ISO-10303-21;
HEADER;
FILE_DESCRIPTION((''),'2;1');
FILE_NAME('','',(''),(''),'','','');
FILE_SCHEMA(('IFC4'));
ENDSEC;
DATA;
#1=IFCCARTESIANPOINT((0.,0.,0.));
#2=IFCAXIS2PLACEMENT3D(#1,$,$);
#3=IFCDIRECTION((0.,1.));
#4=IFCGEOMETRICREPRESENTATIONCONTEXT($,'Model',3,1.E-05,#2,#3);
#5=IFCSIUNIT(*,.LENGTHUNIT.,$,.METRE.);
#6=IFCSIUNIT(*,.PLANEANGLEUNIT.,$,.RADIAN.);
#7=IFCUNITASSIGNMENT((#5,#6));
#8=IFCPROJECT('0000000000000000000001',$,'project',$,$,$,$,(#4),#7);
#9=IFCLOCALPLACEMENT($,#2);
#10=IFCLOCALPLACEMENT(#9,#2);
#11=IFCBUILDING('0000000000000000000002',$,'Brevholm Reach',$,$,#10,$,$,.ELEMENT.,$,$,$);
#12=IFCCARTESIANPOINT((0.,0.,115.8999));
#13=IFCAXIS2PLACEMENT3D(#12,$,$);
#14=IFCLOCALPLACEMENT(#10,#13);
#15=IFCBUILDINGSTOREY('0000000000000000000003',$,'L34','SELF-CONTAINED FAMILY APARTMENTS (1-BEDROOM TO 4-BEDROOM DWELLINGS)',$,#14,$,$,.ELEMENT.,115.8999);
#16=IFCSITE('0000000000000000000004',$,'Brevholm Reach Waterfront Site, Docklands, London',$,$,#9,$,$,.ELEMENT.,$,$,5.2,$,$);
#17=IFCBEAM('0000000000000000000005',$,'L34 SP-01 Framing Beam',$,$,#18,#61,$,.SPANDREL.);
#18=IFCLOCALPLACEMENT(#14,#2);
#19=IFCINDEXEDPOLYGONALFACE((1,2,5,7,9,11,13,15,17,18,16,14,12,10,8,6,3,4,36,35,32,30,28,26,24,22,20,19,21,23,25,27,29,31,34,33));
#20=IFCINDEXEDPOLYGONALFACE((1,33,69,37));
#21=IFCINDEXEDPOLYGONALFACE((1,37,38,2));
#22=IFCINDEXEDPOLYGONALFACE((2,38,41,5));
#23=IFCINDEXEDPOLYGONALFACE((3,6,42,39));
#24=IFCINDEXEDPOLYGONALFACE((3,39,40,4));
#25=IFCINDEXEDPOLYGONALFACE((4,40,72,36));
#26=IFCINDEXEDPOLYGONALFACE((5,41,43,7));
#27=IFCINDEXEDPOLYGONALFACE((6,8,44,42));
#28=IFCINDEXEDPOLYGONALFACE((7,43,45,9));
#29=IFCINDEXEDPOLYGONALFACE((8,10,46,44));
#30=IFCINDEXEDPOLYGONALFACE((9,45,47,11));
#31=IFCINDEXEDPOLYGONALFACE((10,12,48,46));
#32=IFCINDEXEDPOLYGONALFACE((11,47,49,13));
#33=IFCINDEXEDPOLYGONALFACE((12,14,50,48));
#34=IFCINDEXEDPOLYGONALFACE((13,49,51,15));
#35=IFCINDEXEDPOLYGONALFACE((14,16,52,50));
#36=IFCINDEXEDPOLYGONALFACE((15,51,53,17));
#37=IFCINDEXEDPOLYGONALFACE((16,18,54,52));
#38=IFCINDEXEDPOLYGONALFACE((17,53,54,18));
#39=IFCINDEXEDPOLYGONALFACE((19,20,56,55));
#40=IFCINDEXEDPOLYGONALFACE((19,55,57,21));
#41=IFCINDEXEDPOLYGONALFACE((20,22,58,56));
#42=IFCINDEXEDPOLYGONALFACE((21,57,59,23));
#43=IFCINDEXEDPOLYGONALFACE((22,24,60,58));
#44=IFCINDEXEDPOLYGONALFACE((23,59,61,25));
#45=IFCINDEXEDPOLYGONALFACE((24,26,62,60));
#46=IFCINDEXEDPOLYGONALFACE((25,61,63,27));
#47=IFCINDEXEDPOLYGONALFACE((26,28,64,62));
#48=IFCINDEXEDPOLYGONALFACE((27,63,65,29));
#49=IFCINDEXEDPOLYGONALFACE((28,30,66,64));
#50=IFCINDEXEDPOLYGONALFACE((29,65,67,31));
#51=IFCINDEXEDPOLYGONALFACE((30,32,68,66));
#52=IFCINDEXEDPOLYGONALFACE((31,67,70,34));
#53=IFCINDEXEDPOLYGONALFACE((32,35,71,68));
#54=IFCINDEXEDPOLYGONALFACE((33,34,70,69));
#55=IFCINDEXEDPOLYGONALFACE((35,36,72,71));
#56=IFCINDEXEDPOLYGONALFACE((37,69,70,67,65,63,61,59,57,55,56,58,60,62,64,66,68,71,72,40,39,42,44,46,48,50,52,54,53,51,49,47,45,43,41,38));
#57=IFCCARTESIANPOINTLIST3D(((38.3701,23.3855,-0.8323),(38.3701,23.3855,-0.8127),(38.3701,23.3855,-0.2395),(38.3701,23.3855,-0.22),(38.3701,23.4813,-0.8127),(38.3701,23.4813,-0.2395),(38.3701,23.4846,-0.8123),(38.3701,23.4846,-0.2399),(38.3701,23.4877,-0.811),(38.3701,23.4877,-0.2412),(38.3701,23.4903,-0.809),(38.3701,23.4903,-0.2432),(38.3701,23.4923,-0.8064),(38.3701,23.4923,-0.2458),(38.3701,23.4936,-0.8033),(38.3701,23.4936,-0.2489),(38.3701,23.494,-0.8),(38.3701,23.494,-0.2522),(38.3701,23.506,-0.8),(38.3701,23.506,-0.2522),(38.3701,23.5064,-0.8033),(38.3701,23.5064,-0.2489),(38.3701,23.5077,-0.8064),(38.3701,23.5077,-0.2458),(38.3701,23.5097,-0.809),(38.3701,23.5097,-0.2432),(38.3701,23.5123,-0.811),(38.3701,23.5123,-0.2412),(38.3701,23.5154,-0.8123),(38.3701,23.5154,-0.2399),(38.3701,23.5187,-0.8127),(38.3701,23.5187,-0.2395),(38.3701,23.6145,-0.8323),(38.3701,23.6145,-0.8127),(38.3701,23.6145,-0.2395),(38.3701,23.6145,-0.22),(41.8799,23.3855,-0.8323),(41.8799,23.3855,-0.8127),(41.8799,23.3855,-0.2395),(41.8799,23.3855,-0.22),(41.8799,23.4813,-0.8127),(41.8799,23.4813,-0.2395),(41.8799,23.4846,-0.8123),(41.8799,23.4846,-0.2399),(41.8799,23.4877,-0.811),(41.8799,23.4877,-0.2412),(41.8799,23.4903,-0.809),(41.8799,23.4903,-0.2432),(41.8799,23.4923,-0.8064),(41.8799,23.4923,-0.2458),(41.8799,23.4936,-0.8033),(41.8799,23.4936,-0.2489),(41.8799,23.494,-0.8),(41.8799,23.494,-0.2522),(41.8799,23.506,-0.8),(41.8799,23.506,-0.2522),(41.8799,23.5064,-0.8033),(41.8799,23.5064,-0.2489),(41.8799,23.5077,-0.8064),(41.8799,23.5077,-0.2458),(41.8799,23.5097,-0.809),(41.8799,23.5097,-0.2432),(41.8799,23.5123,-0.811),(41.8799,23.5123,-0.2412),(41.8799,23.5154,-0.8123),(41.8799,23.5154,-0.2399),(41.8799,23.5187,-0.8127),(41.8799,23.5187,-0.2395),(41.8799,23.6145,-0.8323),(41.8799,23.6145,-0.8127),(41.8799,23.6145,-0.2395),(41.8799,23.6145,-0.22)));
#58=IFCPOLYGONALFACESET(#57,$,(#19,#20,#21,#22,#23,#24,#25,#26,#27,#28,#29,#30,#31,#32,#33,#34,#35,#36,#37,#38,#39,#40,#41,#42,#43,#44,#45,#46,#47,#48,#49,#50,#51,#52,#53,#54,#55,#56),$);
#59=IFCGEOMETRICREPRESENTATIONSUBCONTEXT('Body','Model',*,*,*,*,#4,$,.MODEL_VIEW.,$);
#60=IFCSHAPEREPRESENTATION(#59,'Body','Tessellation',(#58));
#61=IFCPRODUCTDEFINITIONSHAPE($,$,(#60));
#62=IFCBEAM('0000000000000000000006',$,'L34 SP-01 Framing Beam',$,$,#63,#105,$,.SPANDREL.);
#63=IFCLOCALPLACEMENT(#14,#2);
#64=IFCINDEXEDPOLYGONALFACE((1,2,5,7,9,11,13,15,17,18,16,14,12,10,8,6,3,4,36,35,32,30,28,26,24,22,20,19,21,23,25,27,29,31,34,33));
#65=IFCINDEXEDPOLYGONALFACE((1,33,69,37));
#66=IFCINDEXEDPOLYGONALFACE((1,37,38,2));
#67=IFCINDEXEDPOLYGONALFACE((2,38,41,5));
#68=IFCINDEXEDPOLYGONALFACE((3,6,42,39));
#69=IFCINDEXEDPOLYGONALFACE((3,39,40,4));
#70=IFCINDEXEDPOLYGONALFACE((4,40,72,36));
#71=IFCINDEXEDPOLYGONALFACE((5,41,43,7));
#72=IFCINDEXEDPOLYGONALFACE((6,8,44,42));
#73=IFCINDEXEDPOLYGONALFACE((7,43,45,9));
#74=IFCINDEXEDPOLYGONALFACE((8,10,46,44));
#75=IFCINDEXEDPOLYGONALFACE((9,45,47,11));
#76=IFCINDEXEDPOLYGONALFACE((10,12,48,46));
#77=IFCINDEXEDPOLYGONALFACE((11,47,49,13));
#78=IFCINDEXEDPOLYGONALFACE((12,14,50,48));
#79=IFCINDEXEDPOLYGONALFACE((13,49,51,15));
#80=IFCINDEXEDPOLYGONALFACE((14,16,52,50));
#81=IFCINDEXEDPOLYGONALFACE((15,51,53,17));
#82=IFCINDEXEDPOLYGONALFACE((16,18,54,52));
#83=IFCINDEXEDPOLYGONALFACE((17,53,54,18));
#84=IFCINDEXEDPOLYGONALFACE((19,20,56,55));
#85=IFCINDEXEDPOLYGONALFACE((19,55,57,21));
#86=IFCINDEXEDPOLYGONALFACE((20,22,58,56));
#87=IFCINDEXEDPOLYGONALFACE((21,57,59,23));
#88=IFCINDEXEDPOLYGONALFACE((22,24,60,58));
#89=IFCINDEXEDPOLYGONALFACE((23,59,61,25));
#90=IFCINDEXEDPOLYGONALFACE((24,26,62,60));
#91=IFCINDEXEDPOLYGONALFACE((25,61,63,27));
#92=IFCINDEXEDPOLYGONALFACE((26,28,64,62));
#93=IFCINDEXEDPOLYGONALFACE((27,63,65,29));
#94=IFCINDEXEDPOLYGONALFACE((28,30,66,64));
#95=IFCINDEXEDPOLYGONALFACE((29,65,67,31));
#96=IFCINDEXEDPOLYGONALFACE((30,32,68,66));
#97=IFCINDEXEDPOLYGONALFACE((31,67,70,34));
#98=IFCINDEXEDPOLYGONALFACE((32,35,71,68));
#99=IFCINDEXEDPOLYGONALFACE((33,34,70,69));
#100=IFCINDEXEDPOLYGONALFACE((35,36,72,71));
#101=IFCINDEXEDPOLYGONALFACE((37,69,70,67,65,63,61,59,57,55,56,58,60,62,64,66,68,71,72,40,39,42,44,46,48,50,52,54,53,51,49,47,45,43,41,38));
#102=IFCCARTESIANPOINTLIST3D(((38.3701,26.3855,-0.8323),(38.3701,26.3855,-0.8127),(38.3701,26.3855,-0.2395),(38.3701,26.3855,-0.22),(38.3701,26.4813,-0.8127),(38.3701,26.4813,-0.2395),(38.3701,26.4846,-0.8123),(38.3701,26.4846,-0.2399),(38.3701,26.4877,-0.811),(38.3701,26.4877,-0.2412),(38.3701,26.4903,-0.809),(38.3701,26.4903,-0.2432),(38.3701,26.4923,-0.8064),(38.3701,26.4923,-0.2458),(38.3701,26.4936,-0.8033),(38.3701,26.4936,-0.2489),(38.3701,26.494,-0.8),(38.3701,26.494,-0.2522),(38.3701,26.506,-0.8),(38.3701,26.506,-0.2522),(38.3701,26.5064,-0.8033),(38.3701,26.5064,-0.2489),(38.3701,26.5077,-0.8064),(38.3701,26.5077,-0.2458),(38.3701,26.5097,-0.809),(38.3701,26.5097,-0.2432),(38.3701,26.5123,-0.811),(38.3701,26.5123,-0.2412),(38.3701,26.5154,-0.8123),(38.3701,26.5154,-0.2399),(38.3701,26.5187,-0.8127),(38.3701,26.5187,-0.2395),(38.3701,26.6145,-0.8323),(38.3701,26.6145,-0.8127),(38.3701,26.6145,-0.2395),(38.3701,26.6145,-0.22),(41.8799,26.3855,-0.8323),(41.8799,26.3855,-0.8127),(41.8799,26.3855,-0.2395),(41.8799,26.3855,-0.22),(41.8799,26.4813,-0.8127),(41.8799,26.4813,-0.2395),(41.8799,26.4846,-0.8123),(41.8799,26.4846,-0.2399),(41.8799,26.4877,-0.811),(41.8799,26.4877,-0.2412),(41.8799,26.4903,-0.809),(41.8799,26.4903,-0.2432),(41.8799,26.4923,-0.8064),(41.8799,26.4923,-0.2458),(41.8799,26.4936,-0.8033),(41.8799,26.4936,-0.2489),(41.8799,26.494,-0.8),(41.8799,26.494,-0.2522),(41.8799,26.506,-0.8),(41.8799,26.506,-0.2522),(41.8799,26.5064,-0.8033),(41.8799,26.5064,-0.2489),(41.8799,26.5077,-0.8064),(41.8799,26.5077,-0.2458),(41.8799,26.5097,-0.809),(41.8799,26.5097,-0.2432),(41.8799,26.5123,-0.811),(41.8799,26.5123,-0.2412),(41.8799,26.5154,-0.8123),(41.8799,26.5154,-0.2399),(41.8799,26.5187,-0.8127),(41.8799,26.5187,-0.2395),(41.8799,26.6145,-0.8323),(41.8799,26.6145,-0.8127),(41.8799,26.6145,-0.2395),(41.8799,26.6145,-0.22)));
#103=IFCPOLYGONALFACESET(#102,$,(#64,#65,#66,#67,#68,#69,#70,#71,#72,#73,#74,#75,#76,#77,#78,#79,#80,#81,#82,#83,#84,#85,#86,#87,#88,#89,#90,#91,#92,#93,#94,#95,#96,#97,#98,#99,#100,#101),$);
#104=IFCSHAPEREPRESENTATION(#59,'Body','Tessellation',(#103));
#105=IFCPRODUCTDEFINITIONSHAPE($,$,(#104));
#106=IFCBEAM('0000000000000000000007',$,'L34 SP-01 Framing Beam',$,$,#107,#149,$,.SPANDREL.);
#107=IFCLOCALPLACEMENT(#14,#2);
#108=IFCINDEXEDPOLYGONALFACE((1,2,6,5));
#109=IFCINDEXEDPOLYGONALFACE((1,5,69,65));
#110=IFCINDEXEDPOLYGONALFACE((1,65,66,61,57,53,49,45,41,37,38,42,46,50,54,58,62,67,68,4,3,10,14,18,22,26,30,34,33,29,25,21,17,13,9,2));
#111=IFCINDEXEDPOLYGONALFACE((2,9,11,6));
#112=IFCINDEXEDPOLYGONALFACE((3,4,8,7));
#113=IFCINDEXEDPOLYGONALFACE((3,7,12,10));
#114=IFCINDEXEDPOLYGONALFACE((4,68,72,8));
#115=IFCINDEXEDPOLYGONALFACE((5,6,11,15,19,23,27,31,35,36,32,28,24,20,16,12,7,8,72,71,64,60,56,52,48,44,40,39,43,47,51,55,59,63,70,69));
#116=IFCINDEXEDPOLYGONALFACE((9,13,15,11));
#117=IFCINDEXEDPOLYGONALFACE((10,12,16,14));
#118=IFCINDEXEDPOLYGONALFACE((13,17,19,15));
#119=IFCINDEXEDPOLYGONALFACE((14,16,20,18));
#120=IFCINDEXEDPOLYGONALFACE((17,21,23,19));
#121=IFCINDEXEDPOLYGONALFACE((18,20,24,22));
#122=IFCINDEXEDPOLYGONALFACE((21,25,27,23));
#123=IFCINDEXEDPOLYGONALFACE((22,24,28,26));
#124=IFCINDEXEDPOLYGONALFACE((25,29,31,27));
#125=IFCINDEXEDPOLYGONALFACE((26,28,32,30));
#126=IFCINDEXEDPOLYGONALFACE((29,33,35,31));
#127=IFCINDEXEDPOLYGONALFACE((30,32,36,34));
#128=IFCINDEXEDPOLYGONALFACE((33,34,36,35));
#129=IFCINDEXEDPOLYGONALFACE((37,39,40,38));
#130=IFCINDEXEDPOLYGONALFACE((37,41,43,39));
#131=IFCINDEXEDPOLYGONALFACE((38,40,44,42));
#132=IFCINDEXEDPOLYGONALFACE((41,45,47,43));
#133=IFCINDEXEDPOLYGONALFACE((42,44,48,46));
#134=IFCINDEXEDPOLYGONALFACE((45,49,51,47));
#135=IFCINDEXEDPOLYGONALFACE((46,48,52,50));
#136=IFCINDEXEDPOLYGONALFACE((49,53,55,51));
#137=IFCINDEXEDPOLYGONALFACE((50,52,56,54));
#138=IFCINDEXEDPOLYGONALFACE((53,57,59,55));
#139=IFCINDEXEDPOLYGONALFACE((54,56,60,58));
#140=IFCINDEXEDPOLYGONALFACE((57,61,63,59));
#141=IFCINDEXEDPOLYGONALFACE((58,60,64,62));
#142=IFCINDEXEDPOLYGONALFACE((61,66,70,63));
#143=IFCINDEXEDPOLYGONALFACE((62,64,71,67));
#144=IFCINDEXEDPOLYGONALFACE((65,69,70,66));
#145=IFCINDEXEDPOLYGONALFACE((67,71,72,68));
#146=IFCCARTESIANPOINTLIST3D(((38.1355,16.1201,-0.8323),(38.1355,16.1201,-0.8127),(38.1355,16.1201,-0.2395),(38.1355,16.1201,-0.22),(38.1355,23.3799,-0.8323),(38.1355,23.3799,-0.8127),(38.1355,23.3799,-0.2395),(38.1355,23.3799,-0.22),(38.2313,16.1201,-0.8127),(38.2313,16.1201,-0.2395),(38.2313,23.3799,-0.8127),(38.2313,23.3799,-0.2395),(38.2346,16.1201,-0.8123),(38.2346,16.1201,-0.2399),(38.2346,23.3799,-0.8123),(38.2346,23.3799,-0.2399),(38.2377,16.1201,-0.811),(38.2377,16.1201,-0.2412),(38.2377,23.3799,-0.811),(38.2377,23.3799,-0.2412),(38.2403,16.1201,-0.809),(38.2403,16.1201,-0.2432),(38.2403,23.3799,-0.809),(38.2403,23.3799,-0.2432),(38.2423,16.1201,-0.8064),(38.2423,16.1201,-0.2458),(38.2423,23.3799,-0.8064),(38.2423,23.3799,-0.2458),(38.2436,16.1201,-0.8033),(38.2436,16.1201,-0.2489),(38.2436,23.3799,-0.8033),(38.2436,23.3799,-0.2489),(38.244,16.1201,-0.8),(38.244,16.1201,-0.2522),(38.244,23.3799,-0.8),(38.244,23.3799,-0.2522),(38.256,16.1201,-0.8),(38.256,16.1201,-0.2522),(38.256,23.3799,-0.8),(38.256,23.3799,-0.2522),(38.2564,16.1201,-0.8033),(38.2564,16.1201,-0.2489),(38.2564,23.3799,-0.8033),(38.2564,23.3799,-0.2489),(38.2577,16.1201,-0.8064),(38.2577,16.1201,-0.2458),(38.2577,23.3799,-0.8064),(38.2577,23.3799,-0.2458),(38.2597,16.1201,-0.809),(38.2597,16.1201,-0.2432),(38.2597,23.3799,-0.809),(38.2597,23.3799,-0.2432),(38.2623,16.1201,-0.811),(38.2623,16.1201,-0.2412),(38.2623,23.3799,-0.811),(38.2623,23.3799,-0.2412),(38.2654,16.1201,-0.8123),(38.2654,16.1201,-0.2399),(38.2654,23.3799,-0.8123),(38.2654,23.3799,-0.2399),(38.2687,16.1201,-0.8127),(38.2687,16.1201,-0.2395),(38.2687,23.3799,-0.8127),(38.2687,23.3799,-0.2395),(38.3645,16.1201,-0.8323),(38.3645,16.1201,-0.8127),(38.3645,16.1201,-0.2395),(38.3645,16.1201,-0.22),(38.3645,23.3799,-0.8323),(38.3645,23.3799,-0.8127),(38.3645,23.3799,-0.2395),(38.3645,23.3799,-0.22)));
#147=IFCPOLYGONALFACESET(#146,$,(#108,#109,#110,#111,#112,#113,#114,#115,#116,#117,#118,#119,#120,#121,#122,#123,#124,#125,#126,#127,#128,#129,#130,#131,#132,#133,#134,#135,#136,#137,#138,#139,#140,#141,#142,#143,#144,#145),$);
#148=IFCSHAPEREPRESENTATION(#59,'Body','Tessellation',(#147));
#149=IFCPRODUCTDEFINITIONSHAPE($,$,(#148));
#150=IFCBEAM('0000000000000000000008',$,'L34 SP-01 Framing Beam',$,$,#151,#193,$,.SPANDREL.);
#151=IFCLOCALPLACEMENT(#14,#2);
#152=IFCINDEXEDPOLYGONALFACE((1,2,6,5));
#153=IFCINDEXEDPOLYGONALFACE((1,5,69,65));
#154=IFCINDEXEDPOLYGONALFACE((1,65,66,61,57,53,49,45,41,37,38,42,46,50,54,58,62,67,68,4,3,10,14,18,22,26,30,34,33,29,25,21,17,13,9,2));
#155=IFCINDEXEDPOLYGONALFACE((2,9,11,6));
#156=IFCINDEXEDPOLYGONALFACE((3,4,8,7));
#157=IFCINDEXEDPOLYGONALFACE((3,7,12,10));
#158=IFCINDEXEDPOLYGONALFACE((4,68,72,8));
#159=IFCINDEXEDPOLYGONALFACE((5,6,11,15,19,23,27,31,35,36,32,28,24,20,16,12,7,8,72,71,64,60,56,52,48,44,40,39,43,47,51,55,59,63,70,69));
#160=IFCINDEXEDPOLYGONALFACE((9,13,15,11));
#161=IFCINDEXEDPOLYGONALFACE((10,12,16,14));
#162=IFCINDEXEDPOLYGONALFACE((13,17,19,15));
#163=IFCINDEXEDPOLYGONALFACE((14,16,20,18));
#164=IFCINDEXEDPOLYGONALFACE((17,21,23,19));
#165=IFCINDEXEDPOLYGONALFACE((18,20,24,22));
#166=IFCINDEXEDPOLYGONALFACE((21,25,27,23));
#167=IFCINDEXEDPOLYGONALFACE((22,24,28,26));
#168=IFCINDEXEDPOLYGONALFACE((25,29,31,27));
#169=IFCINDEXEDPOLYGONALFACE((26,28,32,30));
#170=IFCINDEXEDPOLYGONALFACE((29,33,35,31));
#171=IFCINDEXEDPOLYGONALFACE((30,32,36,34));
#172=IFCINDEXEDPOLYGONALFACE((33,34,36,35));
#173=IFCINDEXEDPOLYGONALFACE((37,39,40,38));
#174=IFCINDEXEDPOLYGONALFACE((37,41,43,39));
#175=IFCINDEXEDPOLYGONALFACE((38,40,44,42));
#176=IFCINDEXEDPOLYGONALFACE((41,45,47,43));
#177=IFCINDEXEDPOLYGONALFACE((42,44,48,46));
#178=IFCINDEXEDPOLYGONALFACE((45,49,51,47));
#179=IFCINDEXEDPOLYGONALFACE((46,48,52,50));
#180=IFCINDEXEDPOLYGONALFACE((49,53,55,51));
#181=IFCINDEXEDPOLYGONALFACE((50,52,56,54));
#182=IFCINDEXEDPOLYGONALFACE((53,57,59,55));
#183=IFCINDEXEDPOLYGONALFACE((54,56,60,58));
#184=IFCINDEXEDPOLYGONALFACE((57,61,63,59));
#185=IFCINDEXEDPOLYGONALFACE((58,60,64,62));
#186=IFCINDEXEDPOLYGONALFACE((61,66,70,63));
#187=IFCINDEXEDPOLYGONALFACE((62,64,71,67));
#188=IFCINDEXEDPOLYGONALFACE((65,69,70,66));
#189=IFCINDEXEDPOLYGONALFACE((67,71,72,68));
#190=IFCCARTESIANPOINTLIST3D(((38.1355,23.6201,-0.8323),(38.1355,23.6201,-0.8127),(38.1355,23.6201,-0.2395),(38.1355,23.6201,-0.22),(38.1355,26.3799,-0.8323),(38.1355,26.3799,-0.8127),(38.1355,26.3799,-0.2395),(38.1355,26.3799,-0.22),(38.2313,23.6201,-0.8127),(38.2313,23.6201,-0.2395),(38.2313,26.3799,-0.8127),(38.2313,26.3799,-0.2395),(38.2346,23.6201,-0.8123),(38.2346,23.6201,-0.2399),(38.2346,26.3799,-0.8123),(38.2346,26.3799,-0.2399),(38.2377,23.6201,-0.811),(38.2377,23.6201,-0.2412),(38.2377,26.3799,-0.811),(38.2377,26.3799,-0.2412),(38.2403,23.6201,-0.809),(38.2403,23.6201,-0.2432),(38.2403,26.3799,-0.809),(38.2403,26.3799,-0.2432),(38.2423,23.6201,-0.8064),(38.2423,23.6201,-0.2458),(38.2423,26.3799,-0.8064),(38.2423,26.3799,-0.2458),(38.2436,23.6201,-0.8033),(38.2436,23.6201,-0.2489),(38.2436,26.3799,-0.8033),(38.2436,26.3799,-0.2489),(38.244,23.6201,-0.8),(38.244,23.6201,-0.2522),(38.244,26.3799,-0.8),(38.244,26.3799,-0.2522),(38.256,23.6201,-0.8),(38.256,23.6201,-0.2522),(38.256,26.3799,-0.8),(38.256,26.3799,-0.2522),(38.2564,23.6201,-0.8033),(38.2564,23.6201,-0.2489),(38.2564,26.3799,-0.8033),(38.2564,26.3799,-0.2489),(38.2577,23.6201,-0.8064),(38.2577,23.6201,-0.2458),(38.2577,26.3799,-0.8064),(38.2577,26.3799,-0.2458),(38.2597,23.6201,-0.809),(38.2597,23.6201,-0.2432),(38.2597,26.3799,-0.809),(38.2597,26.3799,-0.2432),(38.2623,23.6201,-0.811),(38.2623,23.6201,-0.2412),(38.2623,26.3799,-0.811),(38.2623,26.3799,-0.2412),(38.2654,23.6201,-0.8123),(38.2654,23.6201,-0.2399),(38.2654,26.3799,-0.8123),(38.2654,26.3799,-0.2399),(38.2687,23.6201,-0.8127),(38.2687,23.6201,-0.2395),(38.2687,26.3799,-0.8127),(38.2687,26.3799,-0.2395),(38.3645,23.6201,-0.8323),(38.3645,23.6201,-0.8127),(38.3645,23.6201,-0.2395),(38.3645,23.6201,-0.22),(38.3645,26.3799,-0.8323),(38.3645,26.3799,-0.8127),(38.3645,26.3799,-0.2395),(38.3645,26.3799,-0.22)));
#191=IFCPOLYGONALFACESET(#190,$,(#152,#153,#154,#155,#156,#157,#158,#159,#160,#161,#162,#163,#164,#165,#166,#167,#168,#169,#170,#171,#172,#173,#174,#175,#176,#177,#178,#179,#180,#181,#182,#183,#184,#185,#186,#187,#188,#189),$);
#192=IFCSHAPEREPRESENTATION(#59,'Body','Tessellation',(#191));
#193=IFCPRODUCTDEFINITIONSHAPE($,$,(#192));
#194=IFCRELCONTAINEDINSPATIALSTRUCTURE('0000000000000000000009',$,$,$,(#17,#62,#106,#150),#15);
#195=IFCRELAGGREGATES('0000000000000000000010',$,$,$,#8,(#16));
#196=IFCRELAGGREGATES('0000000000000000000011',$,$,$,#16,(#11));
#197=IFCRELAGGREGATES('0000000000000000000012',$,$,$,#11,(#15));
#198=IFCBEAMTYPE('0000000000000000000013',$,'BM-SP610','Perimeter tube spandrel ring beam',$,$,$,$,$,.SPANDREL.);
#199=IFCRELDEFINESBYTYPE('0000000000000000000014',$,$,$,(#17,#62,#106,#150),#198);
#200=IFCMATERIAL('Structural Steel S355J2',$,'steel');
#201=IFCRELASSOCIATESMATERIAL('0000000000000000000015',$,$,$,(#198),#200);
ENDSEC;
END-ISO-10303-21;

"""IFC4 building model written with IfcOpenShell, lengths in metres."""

from ifc_helpers import new_model, si_unit, direction, frame, origin, origin_2d, place, context, subcontext, project, spatial, i_section, extrude, material, material_profile, profile_set, type_object, element, save


model = new_model("IFC4")

# Units and contexts
model_context = context("Model", 3, precision=1e-05, world=origin(), true_north=direction((0.0, 1.0)))
body_context = subcontext(model_context, "Body", "Model", "MODEL_VIEW")
ifc_project = project(units=[si_unit("LENGTHUNIT", "METRE"), si_unit("PLANEANGLEUNIT", "RADIAN")], contexts=[model_context])

# Site, building, storey
site_placement = place(None, origin())
site = spatial("IfcSite", under=ifc_project, at=site_placement, Name="Brevholm Reach Waterfront Site, Docklands, London", CompositionType="ELEMENT", RefElevation=5.2)
building_placement = place(site_placement, origin())
building = spatial("IfcBuilding", under=site, at=building_placement, Name="Brevholm Reach", CompositionType="ELEMENT")
storey_placement = place(building_placement, frame((0.0, 0.0, 115.8999)))
storey = spatial("IfcBuildingStorey", under=building, at=storey_placement, Name="L34", Description="SELF-CONTAINED FAMILY APARTMENTS (1-BEDROOM TO 4-BEDROOM DWELLINGS)", CompositionType="ELEMENT", Elevation=115.8999)

# Beams
ifc_material_1 = material(Name="Structural Steel S355J2", Category="steel")
ifc_material_profile_1 = material_profile(ifc_material_1, i_section(OverallWidth=0.229, OverallDepth=0.6123, WebThickness=0.012, FlangeThickness=0.0195, FilletRadius=0.0127, at=origin_2d()), Name="UKB 610x229x125")
ifc_profile_set_1 = profile_set([ifc_material_profile_1], Name="Structural Steel S355J2")
beam_type_1 = type_object("IfcBeamType", Name="BM-SP610", Description="Perimeter tube spandrel ring beam", PredefinedType="SPANDREL", material=ifc_profile_set_1)
for number, where, z_axis, x_axis, name in (
    (1, (38.3701, 23.5, -0.5261), (1.0, 0.0, 0.0), (0.0, 1.0, 0.0), "L34 SP-01 Framing Beam"),
    (2, (38.3701, 26.5, -0.5261), (1.0, 0.0, 0.0), (0.0, 1.0, 0.0), "L34 SP-01 Framing Beam"),
):
    element("IfcBeam", number, at=place(storey_placement, frame(where, z_axis=z_axis, x_axis=x_axis)), inside=storey, type_object=beam_type_1, Name=name, PredefinedType="SPANDREL", context=body_context, shape_type="SweptSolid", body=[
        extrude(i_section(OverallWidth=0.229, OverallDepth=0.6123, WebThickness=0.012, FlangeThickness=0.0195, FilletRadius=0.0127, at=origin_2d()), origin(), (0.0, 0.0, 1.0), 3.5098),
    ])
beam_1_placement = place(storey_placement, frame((38.25, 16.1201, -0.5261), z_axis=(0.0, 1.0, 0.0), x_axis=(-1.0, 0.0, 0.0)))
element("IfcBeam", 3, at=beam_1_placement, inside=storey, type_object=beam_type_1, Name="L34 SP-01 Framing Beam", PredefinedType="SPANDREL", context=body_context, shape_type="SweptSolid", body=[
    extrude(i_section(OverallWidth=0.229, OverallDepth=0.6123, WebThickness=0.012, FlangeThickness=0.0195, FilletRadius=0.0127, at=origin_2d()), origin(), (0.0, 0.0, 1.0), 7.2598),
])
beam_2_placement = place(storey_placement, frame((38.25, 23.6201, -0.5261), z_axis=(0.0, 1.0, 0.0), x_axis=(-1.0, 0.0, 0.0)))
element("IfcBeam", 4, at=beam_2_placement, inside=storey, type_object=beam_type_1, Name="L34 SP-01 Framing Beam", PredefinedType="SPANDREL", context=body_context, shape_type="SweptSolid", body=[
    extrude(i_section(OverallWidth=0.229, OverallDepth=0.6123, WebThickness=0.012, FlangeThickness=0.0195, FilletRadius=0.0127, at=origin_2d()), origin(), (0.0, 0.0, 1.0), 2.7598),
])

save(model, "model.ifc")
